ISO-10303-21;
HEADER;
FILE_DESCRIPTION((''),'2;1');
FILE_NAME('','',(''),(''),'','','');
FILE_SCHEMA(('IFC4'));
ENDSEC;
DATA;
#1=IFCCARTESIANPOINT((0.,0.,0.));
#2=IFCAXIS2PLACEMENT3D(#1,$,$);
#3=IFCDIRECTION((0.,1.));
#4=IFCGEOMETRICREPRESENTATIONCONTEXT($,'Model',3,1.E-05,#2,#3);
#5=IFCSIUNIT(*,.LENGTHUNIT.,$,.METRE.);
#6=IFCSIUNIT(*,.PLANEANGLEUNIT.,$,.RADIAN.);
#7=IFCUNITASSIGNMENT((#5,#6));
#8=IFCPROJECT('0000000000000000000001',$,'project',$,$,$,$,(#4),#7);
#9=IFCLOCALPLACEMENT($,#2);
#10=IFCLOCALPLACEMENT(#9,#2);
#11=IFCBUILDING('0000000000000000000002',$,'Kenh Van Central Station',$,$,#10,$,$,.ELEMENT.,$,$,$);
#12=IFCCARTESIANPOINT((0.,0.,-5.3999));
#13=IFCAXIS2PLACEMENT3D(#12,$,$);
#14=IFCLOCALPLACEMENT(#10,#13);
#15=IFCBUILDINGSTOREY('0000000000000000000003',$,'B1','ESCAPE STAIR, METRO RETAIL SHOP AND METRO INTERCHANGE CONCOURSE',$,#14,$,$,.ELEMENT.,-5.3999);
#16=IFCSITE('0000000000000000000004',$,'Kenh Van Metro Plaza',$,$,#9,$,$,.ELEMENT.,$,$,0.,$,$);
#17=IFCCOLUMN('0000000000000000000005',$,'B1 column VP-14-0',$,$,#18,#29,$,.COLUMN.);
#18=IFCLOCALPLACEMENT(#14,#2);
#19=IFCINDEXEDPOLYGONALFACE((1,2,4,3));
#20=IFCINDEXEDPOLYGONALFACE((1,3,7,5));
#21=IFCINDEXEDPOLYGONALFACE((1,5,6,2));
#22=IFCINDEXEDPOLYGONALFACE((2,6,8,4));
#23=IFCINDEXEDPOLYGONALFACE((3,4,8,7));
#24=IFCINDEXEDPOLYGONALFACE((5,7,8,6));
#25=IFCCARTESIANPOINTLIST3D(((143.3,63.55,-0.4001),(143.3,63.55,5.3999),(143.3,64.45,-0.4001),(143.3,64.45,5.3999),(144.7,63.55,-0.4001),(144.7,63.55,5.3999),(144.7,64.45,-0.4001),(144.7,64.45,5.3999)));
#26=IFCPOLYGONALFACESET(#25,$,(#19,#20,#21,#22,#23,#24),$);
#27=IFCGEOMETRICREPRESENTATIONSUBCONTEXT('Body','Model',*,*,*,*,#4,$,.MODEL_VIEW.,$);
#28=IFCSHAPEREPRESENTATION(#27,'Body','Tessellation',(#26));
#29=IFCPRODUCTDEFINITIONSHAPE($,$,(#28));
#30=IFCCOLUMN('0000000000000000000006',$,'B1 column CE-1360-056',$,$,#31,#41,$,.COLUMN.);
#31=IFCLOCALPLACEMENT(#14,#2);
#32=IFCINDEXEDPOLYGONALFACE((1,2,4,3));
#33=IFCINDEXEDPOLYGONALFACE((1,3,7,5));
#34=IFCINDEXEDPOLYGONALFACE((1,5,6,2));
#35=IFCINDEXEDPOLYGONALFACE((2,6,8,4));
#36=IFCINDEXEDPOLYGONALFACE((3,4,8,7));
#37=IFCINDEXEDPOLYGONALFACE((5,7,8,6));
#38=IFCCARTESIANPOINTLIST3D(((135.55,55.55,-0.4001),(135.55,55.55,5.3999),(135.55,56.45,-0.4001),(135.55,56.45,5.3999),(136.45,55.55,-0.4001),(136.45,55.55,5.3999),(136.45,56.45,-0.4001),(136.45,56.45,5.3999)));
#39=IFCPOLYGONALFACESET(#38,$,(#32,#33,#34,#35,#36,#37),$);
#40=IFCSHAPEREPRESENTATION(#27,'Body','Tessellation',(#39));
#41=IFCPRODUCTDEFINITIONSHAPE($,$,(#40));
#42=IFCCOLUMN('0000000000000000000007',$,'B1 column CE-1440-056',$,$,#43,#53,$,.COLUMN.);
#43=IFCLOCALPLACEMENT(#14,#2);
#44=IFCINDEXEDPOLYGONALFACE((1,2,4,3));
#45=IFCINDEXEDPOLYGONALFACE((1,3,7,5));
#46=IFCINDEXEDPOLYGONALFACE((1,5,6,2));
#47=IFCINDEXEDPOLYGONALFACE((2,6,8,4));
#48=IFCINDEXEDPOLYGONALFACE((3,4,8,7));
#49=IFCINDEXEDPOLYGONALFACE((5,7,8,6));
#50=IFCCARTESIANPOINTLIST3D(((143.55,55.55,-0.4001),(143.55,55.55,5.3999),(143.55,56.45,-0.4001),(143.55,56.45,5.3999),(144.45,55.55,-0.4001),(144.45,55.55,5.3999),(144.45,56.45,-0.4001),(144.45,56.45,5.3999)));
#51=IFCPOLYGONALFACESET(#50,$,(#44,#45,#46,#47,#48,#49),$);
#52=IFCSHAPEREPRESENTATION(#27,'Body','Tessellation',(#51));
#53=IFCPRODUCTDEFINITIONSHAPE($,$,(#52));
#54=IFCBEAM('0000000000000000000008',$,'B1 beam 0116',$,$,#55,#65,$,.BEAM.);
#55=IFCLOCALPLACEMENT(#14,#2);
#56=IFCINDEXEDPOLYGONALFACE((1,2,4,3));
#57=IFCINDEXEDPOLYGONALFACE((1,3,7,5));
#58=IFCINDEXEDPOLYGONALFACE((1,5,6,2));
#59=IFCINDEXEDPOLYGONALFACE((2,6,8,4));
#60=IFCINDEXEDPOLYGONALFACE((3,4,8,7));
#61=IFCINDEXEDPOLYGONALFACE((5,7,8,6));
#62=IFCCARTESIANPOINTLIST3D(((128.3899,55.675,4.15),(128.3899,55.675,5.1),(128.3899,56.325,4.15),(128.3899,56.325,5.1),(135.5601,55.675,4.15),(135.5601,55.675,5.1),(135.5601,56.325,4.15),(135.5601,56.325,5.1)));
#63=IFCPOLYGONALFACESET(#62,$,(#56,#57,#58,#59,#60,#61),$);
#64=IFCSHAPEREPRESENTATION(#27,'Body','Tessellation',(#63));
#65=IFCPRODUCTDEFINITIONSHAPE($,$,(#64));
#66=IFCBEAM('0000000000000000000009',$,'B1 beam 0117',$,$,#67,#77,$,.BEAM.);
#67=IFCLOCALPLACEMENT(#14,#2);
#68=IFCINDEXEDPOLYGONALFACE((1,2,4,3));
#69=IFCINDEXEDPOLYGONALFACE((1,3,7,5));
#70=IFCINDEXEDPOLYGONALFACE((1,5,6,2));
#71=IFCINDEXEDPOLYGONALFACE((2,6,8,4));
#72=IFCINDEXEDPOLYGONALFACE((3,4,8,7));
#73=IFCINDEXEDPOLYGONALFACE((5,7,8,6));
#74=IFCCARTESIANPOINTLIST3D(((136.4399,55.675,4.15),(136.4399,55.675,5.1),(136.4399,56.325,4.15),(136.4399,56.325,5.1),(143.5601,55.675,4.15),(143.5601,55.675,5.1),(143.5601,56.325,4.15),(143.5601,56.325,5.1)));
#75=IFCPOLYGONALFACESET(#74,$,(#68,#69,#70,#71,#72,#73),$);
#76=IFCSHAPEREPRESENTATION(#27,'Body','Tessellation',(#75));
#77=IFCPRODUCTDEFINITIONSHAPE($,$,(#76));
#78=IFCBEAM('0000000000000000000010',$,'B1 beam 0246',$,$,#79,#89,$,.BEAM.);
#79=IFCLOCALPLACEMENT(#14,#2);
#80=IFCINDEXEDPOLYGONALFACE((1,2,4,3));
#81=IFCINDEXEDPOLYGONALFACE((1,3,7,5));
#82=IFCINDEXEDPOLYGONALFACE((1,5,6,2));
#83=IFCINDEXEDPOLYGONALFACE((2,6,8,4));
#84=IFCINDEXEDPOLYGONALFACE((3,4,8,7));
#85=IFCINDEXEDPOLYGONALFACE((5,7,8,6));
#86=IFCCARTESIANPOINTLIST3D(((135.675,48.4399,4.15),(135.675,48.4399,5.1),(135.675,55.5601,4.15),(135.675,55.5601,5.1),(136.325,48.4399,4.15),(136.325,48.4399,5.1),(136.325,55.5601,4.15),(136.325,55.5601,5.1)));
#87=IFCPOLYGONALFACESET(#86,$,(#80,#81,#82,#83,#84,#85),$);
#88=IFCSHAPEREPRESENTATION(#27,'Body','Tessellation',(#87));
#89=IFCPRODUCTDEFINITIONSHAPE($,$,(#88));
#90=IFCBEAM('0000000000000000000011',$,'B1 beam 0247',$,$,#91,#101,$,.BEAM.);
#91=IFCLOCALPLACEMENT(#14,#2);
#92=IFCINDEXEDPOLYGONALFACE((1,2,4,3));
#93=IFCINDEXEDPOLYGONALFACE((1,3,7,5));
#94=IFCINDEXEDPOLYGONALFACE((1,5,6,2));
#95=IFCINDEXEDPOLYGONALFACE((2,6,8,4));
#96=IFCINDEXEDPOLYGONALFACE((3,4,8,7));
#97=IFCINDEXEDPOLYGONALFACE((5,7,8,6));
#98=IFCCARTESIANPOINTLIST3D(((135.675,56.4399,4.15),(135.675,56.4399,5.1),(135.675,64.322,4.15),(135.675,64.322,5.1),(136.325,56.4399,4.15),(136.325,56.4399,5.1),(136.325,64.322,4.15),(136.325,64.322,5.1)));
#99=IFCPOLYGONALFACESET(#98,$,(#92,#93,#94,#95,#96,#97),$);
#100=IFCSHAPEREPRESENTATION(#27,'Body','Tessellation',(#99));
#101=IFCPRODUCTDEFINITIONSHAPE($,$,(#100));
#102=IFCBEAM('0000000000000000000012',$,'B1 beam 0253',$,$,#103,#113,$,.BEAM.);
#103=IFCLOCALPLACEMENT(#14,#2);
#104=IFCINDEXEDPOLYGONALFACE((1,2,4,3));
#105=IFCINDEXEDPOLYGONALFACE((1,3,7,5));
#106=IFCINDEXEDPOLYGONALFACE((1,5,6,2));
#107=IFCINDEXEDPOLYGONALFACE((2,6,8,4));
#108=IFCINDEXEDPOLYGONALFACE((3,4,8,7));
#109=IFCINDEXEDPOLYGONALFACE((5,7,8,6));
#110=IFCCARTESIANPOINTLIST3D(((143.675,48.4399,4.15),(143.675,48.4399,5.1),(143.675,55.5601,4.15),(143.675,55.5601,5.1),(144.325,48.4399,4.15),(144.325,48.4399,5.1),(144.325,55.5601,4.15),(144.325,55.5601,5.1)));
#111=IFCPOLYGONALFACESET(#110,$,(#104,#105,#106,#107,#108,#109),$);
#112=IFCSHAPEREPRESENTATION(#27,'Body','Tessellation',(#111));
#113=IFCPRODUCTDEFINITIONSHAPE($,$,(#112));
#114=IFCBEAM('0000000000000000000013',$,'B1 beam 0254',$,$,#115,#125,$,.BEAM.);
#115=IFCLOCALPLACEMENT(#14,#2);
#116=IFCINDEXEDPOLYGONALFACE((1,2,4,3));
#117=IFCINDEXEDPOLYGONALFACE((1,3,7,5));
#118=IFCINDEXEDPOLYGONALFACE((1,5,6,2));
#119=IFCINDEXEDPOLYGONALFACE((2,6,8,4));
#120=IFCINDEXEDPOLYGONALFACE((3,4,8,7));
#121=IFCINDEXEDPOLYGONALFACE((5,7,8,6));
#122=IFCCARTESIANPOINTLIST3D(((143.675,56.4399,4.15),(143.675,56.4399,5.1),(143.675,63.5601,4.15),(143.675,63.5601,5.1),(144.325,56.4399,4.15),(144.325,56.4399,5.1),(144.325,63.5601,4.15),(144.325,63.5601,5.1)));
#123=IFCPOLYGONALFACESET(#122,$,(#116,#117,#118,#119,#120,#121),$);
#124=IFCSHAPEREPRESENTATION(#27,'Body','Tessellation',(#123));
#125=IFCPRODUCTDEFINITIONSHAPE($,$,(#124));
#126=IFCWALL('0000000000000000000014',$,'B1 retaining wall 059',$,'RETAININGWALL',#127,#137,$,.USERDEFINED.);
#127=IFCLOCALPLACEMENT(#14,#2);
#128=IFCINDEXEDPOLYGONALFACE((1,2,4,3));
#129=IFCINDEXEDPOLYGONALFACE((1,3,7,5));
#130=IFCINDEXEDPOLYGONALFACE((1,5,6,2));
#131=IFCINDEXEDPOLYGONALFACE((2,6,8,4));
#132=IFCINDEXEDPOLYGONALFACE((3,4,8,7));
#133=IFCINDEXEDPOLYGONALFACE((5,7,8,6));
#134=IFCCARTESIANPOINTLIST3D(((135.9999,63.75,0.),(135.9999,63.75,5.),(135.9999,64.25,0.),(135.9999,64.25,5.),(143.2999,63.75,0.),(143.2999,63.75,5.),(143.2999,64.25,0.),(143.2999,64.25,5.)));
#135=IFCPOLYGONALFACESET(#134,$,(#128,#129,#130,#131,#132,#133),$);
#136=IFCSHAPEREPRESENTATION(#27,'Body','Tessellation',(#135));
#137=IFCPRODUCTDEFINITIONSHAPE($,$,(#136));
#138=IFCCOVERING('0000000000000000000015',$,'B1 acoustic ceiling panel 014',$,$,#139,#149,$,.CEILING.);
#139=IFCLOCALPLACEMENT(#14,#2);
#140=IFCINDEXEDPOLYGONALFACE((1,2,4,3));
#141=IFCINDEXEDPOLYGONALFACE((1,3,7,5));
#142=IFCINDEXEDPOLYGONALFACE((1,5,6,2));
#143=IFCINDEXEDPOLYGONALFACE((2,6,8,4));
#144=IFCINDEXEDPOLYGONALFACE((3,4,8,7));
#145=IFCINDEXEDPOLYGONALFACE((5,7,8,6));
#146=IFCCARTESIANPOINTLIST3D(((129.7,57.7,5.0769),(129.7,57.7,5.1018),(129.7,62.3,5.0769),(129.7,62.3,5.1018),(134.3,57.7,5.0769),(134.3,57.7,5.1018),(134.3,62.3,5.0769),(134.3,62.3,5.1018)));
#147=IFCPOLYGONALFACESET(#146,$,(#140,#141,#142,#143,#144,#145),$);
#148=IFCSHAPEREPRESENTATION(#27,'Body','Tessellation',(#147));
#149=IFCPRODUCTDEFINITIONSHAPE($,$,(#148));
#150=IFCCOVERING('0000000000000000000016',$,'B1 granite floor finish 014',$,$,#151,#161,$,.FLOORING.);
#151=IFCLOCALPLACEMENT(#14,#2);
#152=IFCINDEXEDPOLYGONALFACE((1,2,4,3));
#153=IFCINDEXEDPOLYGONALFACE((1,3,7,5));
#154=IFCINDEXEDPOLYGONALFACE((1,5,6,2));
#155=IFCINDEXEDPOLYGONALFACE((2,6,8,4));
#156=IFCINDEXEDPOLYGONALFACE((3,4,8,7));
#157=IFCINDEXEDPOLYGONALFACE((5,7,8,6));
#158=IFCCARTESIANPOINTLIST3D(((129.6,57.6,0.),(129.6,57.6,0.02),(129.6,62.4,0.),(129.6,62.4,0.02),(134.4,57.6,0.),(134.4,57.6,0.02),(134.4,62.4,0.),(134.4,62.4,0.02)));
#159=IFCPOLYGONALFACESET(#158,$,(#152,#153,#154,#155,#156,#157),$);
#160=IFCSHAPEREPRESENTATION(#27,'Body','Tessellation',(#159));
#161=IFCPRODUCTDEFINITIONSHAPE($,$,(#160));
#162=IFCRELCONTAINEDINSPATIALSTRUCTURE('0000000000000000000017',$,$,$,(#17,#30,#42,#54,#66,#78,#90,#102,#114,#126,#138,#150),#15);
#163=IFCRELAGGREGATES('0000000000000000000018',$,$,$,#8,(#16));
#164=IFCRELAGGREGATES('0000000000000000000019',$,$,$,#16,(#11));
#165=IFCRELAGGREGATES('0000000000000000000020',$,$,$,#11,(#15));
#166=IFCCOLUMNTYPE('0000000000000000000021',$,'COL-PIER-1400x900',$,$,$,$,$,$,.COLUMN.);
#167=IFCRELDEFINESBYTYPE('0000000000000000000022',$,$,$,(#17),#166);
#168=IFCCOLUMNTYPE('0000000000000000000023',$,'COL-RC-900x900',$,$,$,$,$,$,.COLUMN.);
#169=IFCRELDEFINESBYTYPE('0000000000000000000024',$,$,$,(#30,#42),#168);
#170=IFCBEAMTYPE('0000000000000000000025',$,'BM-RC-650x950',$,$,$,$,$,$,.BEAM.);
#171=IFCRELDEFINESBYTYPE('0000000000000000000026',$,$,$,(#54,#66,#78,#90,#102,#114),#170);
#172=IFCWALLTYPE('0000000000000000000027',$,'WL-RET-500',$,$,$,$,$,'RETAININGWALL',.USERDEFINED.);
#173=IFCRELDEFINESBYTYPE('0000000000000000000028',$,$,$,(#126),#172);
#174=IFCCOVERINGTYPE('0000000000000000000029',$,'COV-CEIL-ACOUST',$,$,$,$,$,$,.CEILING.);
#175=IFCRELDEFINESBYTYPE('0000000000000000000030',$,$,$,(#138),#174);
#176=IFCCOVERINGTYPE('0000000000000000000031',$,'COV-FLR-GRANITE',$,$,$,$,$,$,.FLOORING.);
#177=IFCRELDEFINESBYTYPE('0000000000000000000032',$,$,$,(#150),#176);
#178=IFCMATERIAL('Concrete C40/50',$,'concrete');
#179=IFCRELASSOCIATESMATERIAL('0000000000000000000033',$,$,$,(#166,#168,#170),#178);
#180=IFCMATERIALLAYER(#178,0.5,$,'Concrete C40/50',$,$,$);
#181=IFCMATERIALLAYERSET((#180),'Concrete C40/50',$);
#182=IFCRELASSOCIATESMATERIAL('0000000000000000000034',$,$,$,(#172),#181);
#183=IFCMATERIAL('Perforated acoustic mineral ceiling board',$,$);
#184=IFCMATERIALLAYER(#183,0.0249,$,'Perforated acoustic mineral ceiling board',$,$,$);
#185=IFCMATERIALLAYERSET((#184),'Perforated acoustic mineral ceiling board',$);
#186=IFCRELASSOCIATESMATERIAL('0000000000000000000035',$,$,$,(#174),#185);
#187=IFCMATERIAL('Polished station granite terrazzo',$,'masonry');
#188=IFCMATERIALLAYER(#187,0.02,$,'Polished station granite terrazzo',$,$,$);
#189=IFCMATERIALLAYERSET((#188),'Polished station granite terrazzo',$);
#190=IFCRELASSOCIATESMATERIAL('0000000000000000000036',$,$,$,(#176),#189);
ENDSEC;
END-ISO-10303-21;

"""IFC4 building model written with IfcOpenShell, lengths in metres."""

from ifc_helpers import new_model, si_unit, direction, frame, frame_2d, origin, origin_2d, place, context, subcontext, project, spatial, rectangle, extrude, material, layer, layer_set, material_profile, profile_set, type_object, element, save


model = new_model("IFC4")

# Units and contexts
model_context = context("Model", 3, precision=1e-05, world=origin(), true_north=direction((0.0, 1.0)))
body_context = subcontext(model_context, "Body", "Model", "MODEL_VIEW")
ifc_project = project(units=[si_unit("LENGTHUNIT", "METRE"), si_unit("PLANEANGLEUNIT", "RADIAN")], contexts=[model_context])

# Site, building, storey
site_placement = place(None, origin())
site = spatial("IfcSite", under=ifc_project, at=site_placement, Name="Kenh Van Metro Plaza", CompositionType="ELEMENT", RefElevation=0.0)
building_placement = place(site_placement, origin())
building = spatial("IfcBuilding", under=site, at=building_placement, Name="Kenh Van Central Station", CompositionType="ELEMENT")
storey_placement = place(building_placement, frame((0.0, 0.0, -5.3999)))
storey = spatial("IfcBuildingStorey", under=building, at=storey_placement, Name="B1", Description="ESCAPE STAIR, METRO RETAIL SHOP AND METRO INTERCHANGE CONCOURSE", CompositionType="ELEMENT", Elevation=-5.3999)

# Shared definitions
ifc_material_1 = material(Name="Concrete C40/50", Category="concrete")

# Columns
ifc_material_profile_1 = material_profile(ifc_material_1, rectangle(XDim=1.3999, YDim=0.8999, at=origin_2d()), Name="RC 1400x900")
ifc_profile_set_1 = profile_set([ifc_material_profile_1], Name="Concrete C40/50")
column_type_1 = type_object("IfcColumnType", Name="COL-PIER-1400x900", PredefinedType="COLUMN", material=ifc_profile_set_1)
column_placement = place(storey_placement, frame((144.0, 64.0, -0.4001), z_axis=(0.0, 0.0, 1.0), x_axis=(1.0, 0.0, 0.0)))
element("IfcColumn", 1, at=column_placement, inside=storey, type_object=column_type_1, Name="B1 column VP-14-0", PredefinedType="COLUMN", context=body_context, shape_type="SweptSolid", body=[
    extrude(rectangle(XDim=1.3999, YDim=0.8999, at=origin_2d()), origin(), (0.0, 0.0, 1.0), 5.8),
])
ifc_material_profile_2 = material_profile(ifc_material_1, rectangle(XDim=0.8999, YDim=0.8999, at=origin_2d()), Name="RC 900x900")
ifc_profile_set_2 = profile_set([ifc_material_profile_2], Name="Concrete C40/50")
column_type_2 = type_object("IfcColumnType", Name="COL-RC-900x900", PredefinedType="COLUMN", material=ifc_profile_set_2)
for number, where, z_axis, x_axis, name in (
    (2, (136.0, 56.0, -0.4001), (0.0, 0.0, 1.0), (1.0, 0.0, 0.0), "B1 column CE-1360-056"),
    (3, (144.0, 56.0, -0.4001), (0.0, 0.0, 1.0), (1.0, 0.0, 0.0), "B1 column CE-1440-056"),
):
    element("IfcColumn", number, at=place(storey_placement, frame(where, z_axis=z_axis, x_axis=x_axis)), inside=storey, type_object=column_type_2, Name=name, PredefinedType="COLUMN", context=body_context, shape_type="SweptSolid", body=[
        extrude(rectangle(XDim=0.8999, YDim=0.8999, at=origin_2d()), origin(), (0.0, 0.0, 1.0), 5.8),
    ])

# Beams
ifc_material_profile_3 = material_profile(ifc_material_1, rectangle(XDim=0.6499, YDim=0.95, at=origin_2d()), Name="RC 650x950")
ifc_profile_set_3 = profile_set([ifc_material_profile_3], Name="Concrete C40/50")
beam_type = type_object("IfcBeamType", Name="BM-RC-650x950", PredefinedType="BEAM", material=ifc_profile_set_3)
beam_1_placement = place(storey_placement, frame((128.3899, 56.0, 4.625), z_axis=(1.0, 0.0, 0.0), x_axis=(0.0, 1.0, 0.0)))
element("IfcBeam", 4, at=beam_1_placement, inside=storey, type_object=beam_type, Name="B1 beam 0116", PredefinedType="BEAM", context=body_context, shape_type="SweptSolid", body=[
    extrude(rectangle(XDim=0.6499, YDim=0.95, at=origin_2d()), origin(), (0.0, 0.0, 1.0), 7.1702),
])
for number, where, z_axis, x_axis, name in (
    (5, (136.4399, 56.0, 4.625), (1.0, 0.0, 0.0), (0.0, 1.0, 0.0), "B1 beam 0117"),
    (6, (136.0, 48.4399, 4.625), (0.0, 1.0, 0.0), (-1.0, 0.0, 0.0), "B1 beam 0246"),
):
    element("IfcBeam", number, at=place(storey_placement, frame(where, z_axis=z_axis, x_axis=x_axis)), inside=storey, type_object=beam_type, Name=name, PredefinedType="BEAM", context=body_context, shape_type="SweptSolid", body=[
        extrude(rectangle(XDim=0.6499, YDim=0.95, at=origin_2d()), origin(), (0.0, 0.0, 1.0), 7.1201),
    ])
beam_2_placement = place(storey_placement, frame((136.0, 56.4399, 4.625), z_axis=(0.0, 1.0, 0.0), x_axis=(-1.0, 0.0, 0.0)))
element("IfcBeam", 7, at=beam_2_placement, inside=storey, type_object=beam_type, Name="B1 beam 0247", PredefinedType="BEAM", context=body_context, shape_type="SweptSolid", body=[
    extrude(rectangle(XDim=0.6499, YDim=0.95, at=origin_2d()), origin(), (0.0, 0.0, 1.0), 7.8821),
])
for number, where, z_axis, x_axis, name in (
    (8, (144.0, 48.4399, 4.625), (0.0, 1.0, 0.0), (-1.0, 0.0, 0.0), "B1 beam 0253"),
    (9, (144.0, 56.4399, 4.625), (0.0, 1.0, 0.0), (-1.0, 0.0, 0.0), "B1 beam 0254"),
):
    element("IfcBeam", number, at=place(storey_placement, frame(where, z_axis=z_axis, x_axis=x_axis)), inside=storey, type_object=beam_type, Name=name, PredefinedType="BEAM", context=body_context, shape_type="SweptSolid", body=[
        extrude(rectangle(XDim=0.6499, YDim=0.95, at=origin_2d()), origin(), (0.0, 0.0, 1.0), 7.1201),
    ])

# Wall
ifc_layer_1 = layer(ifc_material_1, 0.5, Name="Concrete C40/50")
ifc_layer_set_1 = layer_set([ifc_layer_1], Name="Concrete C40/50")
wall_type = type_object("IfcWallType", Name="WL-RET-500", ElementType="RETAININGWALL", PredefinedType="USERDEFINED", material=ifc_layer_set_1)
wall_placement = place(storey_placement, frame((136.0, 64.0, 0.0), z_axis=(0.0, 0.0, 1.0), x_axis=(1.0, 0.0, 0.0)))
element("IfcWall", 10, at=wall_placement, inside=storey, type_object=wall_type, Name="B1 retaining wall 059", ObjectType="RETAININGWALL", PredefinedType="USERDEFINED", context=body_context, shape_type="SweptSolid", body=[
    extrude(rectangle(XDim=7.3, YDim=0.5, at=frame_2d((3.6499, 0.0))), origin(), (0.0, 0.0, 1.0), 5.0),
])

# Coverings
ifc_material_2 = material(Name="Perforated acoustic mineral ceiling board")
ifc_layer_2 = layer(ifc_material_2, 0.0249, Name="Perforated acoustic mineral ceiling board")
ifc_layer_set_2 = layer_set([ifc_layer_2], Name="Perforated acoustic mineral ceiling board")
covering_type_1 = type_object("IfcCoveringType", Name="COV-CEIL-ACOUST", PredefinedType="CEILING", material=ifc_layer_set_2)
covering_1_placement = place(storey_placement, frame((132.0, 60.0, 5.0769), z_axis=(0.0, 0.0, 1.0), x_axis=(1.0, 0.0, 0.0)))
element("IfcCovering", 11, at=covering_1_placement, inside=storey, type_object=covering_type_1, Name="B1 acoustic ceiling panel 014", PredefinedType="CEILING", context=body_context, shape_type="SweptSolid", body=[
    extrude(rectangle(XDim=4.6001, YDim=4.6001, at=origin_2d()), origin(), (0.0, 0.0, 1.0), 0.0249),
])
ifc_material_3 = material(Name="Polished station granite terrazzo", Category="masonry")
ifc_layer_3 = layer(ifc_material_3, 0.02, Name="Polished station granite terrazzo")
ifc_layer_set_3 = layer_set([ifc_layer_3], Name="Polished station granite terrazzo")
covering_type_2 = type_object("IfcCoveringType", Name="COV-FLR-GRANITE", PredefinedType="FLOORING", material=ifc_layer_set_3)
covering_2_placement = place(storey_placement, frame((132.0, 60.0, 0.0), z_axis=(0.0, 0.0, 1.0), x_axis=(1.0, 0.0, 0.0)))
element("IfcCovering", 12, at=covering_2_placement, inside=storey, type_object=covering_type_2, Name="B1 granite floor finish 014", PredefinedType="FLOORING", context=body_context, shape_type="SweptSolid", body=[
    extrude(rectangle(XDim=4.8, YDim=4.8, at=origin_2d()), origin(), (0.0, 0.0, 1.0), 0.02),
])

save(model, "model.ifc")
